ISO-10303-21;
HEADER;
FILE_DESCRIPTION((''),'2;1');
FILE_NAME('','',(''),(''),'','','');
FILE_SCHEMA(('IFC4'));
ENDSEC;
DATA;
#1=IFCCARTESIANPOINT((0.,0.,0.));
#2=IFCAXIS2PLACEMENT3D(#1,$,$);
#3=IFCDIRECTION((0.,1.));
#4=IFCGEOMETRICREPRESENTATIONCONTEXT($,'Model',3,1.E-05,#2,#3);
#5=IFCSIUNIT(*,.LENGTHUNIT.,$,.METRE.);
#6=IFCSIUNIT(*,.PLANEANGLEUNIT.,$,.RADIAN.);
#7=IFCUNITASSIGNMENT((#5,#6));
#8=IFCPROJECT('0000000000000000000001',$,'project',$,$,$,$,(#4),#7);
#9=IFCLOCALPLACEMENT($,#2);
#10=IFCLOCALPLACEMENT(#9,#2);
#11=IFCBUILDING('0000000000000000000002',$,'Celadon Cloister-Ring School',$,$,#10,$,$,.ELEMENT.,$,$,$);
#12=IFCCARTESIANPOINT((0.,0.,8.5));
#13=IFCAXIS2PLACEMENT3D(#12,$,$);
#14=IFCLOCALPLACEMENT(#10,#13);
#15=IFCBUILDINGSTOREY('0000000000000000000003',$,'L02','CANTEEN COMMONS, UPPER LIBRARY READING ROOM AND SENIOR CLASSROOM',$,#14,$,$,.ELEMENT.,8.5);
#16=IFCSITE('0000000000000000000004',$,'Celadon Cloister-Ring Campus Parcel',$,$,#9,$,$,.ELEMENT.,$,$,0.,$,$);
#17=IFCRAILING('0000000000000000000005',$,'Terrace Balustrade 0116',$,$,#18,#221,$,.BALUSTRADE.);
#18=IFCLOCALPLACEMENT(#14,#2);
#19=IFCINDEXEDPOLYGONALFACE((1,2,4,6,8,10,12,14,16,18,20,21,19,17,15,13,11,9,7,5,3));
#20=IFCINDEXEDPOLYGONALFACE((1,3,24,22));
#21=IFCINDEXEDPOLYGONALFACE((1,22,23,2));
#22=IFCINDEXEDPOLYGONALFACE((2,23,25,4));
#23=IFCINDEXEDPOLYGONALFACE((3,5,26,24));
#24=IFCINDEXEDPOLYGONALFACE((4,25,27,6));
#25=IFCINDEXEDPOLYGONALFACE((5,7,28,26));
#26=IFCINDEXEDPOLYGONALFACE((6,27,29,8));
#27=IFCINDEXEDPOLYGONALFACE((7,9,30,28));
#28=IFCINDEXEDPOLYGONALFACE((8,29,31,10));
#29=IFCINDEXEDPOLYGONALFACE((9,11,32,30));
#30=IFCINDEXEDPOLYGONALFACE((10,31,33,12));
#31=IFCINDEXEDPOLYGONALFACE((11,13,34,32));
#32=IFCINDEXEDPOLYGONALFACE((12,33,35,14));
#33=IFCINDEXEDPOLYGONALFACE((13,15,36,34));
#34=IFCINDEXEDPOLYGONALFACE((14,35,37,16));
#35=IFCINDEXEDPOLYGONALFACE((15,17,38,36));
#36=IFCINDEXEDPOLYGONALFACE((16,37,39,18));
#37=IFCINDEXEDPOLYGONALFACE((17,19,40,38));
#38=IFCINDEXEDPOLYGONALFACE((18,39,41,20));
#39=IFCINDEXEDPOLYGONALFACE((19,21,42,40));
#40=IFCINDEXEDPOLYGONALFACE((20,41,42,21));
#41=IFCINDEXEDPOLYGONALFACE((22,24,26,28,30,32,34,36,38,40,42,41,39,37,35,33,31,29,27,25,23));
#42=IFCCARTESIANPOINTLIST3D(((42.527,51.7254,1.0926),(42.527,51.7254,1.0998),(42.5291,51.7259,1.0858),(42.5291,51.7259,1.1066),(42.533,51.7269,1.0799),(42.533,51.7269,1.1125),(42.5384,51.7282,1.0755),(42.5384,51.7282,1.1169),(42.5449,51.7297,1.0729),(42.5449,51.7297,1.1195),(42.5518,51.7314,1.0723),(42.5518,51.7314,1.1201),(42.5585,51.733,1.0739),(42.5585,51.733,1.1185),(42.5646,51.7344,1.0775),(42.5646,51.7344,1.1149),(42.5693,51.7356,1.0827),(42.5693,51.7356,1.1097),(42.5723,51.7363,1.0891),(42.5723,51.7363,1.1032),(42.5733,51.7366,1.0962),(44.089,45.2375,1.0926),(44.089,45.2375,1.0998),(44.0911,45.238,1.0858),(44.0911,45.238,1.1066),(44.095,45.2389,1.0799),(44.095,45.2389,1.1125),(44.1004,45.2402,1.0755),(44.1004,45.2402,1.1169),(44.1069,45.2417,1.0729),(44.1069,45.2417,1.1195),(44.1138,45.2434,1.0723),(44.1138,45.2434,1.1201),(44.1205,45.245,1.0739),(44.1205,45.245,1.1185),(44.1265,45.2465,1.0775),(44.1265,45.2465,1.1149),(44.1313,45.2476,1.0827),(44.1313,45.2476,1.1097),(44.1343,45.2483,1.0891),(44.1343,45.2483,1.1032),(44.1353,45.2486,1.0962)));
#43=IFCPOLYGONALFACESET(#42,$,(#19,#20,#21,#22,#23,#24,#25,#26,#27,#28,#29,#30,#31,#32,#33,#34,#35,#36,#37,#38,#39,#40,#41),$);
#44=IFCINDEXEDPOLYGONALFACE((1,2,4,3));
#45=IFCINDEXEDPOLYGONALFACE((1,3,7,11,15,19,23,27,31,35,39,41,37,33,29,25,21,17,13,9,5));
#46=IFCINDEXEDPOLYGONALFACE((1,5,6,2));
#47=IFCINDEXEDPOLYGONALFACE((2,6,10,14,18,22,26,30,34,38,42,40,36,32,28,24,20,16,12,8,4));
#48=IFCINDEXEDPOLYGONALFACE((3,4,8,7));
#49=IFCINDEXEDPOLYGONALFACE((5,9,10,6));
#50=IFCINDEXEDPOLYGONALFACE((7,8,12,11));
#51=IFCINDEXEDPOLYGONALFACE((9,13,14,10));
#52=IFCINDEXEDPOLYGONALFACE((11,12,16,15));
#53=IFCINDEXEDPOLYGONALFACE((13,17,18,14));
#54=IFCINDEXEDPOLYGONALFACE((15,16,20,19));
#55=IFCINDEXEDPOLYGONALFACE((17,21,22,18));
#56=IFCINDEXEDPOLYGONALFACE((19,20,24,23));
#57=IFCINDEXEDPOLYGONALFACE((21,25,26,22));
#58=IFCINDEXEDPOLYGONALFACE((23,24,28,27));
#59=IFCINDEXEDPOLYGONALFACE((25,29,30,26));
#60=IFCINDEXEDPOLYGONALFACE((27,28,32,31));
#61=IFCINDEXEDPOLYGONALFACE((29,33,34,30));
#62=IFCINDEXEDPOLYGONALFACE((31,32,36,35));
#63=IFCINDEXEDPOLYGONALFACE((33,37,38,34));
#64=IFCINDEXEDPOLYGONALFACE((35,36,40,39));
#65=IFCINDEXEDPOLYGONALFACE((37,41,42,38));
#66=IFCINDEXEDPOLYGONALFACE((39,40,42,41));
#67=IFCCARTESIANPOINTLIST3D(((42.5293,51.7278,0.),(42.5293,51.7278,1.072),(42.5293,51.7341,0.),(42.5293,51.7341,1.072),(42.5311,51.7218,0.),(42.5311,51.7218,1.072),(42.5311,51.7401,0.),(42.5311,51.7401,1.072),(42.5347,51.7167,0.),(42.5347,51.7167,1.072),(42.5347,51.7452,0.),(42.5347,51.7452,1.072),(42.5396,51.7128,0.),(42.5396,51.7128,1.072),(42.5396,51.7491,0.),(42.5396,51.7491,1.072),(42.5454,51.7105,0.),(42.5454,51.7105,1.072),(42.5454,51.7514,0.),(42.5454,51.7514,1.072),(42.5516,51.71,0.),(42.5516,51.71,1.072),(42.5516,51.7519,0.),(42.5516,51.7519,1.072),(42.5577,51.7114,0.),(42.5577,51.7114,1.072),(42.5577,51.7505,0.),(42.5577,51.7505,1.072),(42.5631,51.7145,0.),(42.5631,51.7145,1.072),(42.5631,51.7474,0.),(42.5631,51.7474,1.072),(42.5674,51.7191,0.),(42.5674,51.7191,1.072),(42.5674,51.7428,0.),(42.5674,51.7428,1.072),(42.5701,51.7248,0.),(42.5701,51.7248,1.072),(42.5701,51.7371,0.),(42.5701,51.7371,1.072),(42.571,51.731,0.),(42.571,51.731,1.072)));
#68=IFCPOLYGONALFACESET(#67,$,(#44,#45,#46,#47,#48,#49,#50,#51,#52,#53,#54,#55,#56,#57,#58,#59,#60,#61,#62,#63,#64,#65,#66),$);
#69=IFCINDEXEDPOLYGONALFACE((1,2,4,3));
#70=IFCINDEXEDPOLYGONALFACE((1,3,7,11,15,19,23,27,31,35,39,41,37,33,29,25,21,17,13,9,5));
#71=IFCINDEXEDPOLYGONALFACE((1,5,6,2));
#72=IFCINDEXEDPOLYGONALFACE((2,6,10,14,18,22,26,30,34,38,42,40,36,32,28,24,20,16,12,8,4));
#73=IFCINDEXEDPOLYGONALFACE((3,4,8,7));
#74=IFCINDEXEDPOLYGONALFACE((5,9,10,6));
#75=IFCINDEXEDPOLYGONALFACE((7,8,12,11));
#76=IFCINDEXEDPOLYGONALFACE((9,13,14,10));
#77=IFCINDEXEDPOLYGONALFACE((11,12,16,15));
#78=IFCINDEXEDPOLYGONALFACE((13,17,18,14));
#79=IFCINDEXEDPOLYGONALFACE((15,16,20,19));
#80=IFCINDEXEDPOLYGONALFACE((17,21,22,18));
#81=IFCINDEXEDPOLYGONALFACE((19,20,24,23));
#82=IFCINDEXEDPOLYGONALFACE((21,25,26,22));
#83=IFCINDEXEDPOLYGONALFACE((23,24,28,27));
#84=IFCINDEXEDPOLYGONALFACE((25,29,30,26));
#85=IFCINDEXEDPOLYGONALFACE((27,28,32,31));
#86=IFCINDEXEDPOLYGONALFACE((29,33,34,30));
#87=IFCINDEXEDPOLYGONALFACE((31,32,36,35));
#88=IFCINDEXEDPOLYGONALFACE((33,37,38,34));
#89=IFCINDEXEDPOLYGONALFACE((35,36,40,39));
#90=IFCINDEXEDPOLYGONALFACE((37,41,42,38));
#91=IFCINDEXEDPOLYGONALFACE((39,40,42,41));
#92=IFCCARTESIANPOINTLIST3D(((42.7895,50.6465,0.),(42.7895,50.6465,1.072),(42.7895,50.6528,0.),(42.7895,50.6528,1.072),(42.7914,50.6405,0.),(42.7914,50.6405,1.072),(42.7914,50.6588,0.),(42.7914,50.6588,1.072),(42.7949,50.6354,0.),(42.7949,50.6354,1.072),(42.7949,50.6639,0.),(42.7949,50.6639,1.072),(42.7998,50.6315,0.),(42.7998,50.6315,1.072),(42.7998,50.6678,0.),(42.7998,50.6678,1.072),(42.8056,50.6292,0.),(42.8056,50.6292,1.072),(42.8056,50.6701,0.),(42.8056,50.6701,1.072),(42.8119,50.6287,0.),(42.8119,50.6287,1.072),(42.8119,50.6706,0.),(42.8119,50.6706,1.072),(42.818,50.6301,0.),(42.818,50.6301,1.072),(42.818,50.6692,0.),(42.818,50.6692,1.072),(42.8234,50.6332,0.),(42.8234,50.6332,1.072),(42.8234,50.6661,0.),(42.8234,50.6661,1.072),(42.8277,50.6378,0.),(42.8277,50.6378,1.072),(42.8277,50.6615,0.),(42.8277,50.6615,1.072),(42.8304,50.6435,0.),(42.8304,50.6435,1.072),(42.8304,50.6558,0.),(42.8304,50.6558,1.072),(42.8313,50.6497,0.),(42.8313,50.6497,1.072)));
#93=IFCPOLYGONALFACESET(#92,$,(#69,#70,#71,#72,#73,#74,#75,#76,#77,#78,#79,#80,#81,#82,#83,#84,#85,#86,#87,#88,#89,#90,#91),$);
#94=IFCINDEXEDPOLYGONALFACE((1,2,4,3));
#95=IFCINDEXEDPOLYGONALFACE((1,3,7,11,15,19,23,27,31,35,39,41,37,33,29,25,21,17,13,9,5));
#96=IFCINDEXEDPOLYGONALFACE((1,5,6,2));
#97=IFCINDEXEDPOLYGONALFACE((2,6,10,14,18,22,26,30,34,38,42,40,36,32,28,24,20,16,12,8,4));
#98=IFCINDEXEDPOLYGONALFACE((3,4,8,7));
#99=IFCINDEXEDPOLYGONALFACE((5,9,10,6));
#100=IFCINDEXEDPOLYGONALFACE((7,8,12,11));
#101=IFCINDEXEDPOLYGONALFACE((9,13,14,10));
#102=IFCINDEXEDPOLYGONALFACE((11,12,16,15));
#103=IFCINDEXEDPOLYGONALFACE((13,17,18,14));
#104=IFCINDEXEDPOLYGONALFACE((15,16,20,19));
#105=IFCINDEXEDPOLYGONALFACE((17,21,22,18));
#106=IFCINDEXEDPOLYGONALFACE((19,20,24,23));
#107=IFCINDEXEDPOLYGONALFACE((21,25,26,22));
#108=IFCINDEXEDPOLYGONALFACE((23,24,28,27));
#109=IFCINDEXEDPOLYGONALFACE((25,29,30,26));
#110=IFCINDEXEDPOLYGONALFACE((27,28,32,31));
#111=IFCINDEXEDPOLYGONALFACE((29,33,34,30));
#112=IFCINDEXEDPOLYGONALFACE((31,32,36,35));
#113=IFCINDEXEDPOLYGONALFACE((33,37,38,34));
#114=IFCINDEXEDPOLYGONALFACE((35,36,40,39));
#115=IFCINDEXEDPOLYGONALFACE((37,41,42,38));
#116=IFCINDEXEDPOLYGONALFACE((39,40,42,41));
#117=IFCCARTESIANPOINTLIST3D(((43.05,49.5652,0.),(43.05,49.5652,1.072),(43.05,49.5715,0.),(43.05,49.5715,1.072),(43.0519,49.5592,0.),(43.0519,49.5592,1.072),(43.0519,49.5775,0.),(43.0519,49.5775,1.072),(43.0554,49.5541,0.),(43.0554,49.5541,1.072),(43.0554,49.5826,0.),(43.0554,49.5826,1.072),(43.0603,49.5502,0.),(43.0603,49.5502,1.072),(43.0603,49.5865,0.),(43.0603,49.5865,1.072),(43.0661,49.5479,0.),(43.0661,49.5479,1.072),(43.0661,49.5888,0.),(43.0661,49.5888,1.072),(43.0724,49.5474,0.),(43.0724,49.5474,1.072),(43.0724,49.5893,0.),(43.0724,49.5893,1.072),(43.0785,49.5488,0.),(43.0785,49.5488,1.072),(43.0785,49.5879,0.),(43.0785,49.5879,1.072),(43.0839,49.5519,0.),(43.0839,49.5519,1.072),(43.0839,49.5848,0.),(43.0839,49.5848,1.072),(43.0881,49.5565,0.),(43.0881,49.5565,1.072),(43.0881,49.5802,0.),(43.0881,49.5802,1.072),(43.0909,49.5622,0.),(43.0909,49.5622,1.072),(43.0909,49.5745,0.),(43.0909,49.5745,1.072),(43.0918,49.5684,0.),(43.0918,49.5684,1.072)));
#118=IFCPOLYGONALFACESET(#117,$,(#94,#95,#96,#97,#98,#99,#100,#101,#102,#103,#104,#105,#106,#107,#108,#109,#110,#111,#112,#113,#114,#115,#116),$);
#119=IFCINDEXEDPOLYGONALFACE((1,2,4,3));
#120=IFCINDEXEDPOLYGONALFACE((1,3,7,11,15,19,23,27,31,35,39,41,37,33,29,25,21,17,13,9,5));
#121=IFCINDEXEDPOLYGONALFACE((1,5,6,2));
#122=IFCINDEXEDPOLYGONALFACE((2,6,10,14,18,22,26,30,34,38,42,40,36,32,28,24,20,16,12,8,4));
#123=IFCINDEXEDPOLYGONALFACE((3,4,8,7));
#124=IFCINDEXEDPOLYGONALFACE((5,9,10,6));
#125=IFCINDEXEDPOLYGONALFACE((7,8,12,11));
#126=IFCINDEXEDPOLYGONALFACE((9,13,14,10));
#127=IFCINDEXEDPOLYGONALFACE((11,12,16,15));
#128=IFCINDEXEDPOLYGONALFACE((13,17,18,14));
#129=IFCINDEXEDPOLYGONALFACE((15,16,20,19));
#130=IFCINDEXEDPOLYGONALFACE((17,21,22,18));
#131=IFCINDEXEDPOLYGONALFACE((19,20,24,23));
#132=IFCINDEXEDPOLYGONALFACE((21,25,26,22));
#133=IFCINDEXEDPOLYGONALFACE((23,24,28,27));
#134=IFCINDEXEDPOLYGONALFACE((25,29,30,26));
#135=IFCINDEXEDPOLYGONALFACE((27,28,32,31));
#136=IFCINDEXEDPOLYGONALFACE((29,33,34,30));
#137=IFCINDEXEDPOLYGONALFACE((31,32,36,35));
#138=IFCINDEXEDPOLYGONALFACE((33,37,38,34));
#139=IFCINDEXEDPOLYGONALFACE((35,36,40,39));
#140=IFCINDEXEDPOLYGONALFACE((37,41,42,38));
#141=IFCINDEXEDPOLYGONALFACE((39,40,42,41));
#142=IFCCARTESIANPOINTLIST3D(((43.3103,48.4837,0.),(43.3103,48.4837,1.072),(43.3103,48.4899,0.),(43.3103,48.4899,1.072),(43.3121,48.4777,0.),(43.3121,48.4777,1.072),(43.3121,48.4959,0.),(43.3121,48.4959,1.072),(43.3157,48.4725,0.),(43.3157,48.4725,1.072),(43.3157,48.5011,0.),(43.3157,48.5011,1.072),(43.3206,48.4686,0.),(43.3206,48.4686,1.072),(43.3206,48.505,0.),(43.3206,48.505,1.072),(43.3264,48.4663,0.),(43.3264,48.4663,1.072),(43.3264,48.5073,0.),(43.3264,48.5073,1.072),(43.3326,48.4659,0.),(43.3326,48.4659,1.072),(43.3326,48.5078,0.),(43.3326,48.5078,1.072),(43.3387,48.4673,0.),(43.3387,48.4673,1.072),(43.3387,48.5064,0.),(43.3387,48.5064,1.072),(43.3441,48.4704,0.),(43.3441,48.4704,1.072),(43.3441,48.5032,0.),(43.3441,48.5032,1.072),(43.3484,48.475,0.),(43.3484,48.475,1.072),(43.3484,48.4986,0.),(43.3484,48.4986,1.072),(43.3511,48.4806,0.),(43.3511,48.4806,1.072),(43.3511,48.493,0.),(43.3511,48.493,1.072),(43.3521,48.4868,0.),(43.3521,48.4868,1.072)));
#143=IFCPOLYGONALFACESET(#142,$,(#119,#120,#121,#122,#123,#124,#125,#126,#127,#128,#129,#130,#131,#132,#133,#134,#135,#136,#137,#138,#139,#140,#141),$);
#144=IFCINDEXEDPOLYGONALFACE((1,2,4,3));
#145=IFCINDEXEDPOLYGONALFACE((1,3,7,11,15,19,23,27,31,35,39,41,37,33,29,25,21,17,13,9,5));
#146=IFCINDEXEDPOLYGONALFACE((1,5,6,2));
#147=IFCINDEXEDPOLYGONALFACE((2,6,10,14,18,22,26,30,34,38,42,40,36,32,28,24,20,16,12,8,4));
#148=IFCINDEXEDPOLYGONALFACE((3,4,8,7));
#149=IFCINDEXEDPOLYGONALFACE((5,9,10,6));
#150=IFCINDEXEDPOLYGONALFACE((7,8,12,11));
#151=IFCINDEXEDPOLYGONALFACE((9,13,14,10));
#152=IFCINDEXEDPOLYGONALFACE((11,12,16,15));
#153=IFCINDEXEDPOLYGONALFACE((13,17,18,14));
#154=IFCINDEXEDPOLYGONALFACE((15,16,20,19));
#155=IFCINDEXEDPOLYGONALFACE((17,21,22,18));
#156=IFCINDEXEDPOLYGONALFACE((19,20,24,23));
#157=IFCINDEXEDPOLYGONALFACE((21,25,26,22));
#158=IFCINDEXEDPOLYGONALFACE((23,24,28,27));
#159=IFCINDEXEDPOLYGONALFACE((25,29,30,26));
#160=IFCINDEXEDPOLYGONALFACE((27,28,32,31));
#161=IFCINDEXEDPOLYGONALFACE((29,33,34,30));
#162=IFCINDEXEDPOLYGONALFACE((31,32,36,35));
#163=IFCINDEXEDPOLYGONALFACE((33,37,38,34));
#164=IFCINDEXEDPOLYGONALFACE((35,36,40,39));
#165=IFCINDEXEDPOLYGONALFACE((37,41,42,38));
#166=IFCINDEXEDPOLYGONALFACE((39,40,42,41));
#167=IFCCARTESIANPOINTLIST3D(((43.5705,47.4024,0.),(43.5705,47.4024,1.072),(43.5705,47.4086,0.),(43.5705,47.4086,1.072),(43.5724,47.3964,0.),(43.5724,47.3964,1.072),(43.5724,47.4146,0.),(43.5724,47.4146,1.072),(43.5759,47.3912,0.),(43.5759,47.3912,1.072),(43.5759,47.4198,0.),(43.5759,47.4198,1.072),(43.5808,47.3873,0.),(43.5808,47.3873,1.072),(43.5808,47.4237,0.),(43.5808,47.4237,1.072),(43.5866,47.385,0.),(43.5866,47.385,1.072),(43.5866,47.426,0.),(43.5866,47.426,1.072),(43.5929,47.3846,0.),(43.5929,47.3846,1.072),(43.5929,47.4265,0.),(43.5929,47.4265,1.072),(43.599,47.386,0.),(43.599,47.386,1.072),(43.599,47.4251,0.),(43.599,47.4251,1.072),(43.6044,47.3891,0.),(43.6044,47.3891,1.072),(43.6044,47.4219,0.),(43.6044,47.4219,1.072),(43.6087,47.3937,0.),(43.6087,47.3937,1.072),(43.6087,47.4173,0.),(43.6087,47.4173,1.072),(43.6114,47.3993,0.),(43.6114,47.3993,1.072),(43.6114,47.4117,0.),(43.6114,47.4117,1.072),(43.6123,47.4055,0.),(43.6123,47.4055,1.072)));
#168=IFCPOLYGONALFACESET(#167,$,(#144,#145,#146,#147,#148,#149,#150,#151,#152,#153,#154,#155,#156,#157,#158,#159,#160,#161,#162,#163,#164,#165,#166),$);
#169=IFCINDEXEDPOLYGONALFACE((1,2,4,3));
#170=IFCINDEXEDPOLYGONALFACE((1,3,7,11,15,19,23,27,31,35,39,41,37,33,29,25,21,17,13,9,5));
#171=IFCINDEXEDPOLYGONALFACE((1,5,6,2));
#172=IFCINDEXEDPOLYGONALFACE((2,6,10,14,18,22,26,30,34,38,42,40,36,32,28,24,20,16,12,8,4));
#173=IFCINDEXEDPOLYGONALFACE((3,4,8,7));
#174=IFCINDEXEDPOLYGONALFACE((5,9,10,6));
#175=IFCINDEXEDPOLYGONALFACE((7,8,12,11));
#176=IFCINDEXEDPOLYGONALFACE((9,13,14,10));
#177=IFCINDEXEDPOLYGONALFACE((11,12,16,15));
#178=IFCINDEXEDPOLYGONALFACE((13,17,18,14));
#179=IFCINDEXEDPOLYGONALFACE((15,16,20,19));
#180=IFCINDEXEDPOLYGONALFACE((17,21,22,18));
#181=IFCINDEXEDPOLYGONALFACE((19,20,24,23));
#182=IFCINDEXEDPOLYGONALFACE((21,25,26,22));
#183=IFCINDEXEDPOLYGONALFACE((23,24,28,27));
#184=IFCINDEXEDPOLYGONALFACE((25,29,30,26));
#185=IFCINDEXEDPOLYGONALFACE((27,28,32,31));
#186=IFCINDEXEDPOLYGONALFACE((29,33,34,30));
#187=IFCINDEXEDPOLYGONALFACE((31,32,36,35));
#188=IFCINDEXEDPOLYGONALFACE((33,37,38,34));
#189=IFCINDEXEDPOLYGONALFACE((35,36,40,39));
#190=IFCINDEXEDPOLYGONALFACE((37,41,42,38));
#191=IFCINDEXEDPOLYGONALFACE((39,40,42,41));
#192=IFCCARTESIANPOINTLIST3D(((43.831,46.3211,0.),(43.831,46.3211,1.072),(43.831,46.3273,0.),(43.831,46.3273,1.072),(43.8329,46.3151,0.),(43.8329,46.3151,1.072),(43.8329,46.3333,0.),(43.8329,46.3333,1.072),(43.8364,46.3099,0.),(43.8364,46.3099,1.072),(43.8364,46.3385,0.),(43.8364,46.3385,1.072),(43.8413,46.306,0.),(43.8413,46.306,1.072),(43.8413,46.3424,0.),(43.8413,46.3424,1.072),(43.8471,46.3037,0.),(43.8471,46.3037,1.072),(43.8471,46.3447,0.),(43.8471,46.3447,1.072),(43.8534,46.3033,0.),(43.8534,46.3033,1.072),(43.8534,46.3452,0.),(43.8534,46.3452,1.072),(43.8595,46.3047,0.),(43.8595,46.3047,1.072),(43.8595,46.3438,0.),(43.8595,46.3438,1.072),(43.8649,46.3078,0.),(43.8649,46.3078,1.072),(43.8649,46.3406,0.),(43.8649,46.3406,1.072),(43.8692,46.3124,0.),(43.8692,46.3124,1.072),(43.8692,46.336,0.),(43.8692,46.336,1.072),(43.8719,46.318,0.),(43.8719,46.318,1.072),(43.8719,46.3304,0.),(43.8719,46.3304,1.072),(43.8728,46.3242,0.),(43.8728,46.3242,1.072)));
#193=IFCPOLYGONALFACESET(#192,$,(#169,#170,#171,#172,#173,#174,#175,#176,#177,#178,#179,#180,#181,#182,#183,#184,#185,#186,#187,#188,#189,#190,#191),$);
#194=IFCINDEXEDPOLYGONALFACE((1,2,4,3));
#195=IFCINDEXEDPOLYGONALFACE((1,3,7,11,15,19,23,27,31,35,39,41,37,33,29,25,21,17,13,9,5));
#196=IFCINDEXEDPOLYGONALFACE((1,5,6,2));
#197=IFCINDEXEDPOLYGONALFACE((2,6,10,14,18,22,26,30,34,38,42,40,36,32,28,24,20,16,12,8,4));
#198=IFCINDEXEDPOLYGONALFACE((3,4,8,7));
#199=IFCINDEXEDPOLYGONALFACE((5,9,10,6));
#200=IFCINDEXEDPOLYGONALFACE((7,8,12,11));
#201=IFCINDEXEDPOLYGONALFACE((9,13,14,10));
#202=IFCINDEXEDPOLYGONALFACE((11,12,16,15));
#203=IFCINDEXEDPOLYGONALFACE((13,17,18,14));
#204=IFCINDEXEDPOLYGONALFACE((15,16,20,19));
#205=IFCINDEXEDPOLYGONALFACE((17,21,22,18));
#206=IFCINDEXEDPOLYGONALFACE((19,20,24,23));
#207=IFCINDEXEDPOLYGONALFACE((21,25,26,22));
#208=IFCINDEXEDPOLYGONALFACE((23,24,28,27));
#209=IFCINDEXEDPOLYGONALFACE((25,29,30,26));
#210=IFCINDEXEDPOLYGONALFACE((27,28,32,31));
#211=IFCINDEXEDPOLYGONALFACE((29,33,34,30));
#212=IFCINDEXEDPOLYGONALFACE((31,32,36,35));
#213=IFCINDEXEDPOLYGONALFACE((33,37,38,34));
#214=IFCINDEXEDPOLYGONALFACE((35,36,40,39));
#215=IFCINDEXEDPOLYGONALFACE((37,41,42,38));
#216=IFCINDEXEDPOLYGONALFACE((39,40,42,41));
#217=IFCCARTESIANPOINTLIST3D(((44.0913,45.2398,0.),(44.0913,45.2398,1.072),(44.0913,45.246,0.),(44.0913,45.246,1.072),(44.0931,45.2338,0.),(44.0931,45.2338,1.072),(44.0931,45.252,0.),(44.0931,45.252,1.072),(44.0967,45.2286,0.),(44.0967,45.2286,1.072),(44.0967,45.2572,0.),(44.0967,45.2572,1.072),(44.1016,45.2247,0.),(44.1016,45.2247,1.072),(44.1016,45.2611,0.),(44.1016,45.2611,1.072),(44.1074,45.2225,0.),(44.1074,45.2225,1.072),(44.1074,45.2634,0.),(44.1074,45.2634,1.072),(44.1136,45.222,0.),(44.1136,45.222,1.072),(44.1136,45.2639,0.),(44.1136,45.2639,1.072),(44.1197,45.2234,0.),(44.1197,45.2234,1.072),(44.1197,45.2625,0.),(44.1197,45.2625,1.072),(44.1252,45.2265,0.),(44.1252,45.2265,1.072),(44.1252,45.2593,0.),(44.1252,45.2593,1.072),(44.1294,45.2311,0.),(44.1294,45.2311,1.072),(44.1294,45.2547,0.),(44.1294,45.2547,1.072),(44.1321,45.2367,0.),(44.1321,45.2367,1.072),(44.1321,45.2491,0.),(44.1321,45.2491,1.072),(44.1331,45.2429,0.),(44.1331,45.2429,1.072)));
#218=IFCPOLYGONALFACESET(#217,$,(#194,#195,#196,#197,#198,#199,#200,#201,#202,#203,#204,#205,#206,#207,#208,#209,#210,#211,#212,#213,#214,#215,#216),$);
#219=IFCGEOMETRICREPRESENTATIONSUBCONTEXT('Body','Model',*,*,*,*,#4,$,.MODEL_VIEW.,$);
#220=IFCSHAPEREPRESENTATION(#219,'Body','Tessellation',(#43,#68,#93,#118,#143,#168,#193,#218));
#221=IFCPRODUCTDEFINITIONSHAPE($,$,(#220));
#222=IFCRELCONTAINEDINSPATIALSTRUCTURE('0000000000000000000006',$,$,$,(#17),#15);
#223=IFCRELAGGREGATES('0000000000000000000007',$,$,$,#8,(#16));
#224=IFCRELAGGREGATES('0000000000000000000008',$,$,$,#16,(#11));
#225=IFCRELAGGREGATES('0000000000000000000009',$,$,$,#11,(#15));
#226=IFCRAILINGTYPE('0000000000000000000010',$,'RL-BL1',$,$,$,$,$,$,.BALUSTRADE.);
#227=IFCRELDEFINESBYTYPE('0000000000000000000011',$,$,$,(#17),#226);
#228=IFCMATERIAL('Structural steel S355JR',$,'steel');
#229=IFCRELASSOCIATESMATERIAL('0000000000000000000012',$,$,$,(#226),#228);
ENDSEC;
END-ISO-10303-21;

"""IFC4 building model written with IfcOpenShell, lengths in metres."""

from ifc_helpers import new_model, si_unit, direction, frame, origin, origin_2d, place, context, subcontext, project, spatial, circle, extrude, material, type_object, element, save


model = new_model("IFC4")

# Units and contexts
model_context = context("Model", 3, precision=1e-05, world=origin(), true_north=direction((0.0, 1.0)))
body_context = subcontext(model_context, "Body", "Model", "MODEL_VIEW")
ifc_project = project(units=[si_unit("LENGTHUNIT", "METRE"), si_unit("PLANEANGLEUNIT", "RADIAN")], contexts=[model_context])

# Site, building, storey
site_placement = place(None, origin())
site = spatial("IfcSite", under=ifc_project, at=site_placement, Name="Celadon Cloister-Ring Campus Parcel", CompositionType="ELEMENT", RefElevation=0.0)
building_placement = place(site_placement, origin())
building = spatial("IfcBuilding", under=site, at=building_placement, Name="Celadon Cloister-Ring School", CompositionType="ELEMENT")
storey_placement = place(building_placement, frame((0.0, 0.0, 8.5)))
storey = spatial("IfcBuildingStorey", under=building, at=storey_placement, Name="L02", Description="CANTEEN COMMONS, UPPER LIBRARY READING ROOM AND SENIOR CLASSROOM", CompositionType="ELEMENT", Elevation=8.5)

# Railing
ifc_material_1 = material(Name="Structural steel S355JR", Category="steel")
railing_type = type_object("IfcRailingType", Name="RL-BL1", PredefinedType="BALUSTRADE", material=ifc_material_1)
railing_1_placement = place(storey_placement, frame((42.55, 51.731, 0.0)))
element("IfcRailing", 1, at=railing_1_placement, inside=storey, type_object=railing_type, Name="Terrace Balustrade 0116", PredefinedType="BALUSTRADE", context=body_context, shape_type="SweptSolid", body=[
    extrude(circle(Radius=0.0239, at=origin_2d()), frame((0.0, 0.0, 1.0962), z_axis=(0.234065, -0.972221, 0.0), x_axis=(0.972221, 0.234065, 0.0)), (0.0, 0.0, 1.0), 6.6733),
    extrude(circle(Radius=0.021, at=origin_2d()), origin(), (0.0, 0.0, 1.0), 1.072),
    extrude(circle(Radius=0.021, at=origin_2d()), frame((0.2603, -1.0813, 0.0)), (0.0, 0.0, 1.0), 1.072),
    extrude(circle(Radius=0.021, at=origin_2d()), frame((0.5208, -2.1626, 0.0)), (0.0, 0.0, 1.0), 1.072),
    extrude(circle(Radius=0.021, at=origin_2d()), frame((0.781, -3.2441, 0.0)), (0.0, 0.0, 1.0), 1.072),
    extrude(circle(Radius=0.021, at=origin_2d()), frame((1.0413, -4.3254, 0.0)), (0.0, 0.0, 1.0), 1.072),
    extrude(circle(Radius=0.021, at=origin_2d()), frame((1.3018, -5.4067, 0.0)), (0.0, 0.0, 1.0), 1.072),
    extrude(circle(Radius=0.021, at=origin_2d()), frame((1.562, -6.488, 0.0)), (0.0, 0.0, 1.0), 1.072),
])

save(model, "model.ifc")
